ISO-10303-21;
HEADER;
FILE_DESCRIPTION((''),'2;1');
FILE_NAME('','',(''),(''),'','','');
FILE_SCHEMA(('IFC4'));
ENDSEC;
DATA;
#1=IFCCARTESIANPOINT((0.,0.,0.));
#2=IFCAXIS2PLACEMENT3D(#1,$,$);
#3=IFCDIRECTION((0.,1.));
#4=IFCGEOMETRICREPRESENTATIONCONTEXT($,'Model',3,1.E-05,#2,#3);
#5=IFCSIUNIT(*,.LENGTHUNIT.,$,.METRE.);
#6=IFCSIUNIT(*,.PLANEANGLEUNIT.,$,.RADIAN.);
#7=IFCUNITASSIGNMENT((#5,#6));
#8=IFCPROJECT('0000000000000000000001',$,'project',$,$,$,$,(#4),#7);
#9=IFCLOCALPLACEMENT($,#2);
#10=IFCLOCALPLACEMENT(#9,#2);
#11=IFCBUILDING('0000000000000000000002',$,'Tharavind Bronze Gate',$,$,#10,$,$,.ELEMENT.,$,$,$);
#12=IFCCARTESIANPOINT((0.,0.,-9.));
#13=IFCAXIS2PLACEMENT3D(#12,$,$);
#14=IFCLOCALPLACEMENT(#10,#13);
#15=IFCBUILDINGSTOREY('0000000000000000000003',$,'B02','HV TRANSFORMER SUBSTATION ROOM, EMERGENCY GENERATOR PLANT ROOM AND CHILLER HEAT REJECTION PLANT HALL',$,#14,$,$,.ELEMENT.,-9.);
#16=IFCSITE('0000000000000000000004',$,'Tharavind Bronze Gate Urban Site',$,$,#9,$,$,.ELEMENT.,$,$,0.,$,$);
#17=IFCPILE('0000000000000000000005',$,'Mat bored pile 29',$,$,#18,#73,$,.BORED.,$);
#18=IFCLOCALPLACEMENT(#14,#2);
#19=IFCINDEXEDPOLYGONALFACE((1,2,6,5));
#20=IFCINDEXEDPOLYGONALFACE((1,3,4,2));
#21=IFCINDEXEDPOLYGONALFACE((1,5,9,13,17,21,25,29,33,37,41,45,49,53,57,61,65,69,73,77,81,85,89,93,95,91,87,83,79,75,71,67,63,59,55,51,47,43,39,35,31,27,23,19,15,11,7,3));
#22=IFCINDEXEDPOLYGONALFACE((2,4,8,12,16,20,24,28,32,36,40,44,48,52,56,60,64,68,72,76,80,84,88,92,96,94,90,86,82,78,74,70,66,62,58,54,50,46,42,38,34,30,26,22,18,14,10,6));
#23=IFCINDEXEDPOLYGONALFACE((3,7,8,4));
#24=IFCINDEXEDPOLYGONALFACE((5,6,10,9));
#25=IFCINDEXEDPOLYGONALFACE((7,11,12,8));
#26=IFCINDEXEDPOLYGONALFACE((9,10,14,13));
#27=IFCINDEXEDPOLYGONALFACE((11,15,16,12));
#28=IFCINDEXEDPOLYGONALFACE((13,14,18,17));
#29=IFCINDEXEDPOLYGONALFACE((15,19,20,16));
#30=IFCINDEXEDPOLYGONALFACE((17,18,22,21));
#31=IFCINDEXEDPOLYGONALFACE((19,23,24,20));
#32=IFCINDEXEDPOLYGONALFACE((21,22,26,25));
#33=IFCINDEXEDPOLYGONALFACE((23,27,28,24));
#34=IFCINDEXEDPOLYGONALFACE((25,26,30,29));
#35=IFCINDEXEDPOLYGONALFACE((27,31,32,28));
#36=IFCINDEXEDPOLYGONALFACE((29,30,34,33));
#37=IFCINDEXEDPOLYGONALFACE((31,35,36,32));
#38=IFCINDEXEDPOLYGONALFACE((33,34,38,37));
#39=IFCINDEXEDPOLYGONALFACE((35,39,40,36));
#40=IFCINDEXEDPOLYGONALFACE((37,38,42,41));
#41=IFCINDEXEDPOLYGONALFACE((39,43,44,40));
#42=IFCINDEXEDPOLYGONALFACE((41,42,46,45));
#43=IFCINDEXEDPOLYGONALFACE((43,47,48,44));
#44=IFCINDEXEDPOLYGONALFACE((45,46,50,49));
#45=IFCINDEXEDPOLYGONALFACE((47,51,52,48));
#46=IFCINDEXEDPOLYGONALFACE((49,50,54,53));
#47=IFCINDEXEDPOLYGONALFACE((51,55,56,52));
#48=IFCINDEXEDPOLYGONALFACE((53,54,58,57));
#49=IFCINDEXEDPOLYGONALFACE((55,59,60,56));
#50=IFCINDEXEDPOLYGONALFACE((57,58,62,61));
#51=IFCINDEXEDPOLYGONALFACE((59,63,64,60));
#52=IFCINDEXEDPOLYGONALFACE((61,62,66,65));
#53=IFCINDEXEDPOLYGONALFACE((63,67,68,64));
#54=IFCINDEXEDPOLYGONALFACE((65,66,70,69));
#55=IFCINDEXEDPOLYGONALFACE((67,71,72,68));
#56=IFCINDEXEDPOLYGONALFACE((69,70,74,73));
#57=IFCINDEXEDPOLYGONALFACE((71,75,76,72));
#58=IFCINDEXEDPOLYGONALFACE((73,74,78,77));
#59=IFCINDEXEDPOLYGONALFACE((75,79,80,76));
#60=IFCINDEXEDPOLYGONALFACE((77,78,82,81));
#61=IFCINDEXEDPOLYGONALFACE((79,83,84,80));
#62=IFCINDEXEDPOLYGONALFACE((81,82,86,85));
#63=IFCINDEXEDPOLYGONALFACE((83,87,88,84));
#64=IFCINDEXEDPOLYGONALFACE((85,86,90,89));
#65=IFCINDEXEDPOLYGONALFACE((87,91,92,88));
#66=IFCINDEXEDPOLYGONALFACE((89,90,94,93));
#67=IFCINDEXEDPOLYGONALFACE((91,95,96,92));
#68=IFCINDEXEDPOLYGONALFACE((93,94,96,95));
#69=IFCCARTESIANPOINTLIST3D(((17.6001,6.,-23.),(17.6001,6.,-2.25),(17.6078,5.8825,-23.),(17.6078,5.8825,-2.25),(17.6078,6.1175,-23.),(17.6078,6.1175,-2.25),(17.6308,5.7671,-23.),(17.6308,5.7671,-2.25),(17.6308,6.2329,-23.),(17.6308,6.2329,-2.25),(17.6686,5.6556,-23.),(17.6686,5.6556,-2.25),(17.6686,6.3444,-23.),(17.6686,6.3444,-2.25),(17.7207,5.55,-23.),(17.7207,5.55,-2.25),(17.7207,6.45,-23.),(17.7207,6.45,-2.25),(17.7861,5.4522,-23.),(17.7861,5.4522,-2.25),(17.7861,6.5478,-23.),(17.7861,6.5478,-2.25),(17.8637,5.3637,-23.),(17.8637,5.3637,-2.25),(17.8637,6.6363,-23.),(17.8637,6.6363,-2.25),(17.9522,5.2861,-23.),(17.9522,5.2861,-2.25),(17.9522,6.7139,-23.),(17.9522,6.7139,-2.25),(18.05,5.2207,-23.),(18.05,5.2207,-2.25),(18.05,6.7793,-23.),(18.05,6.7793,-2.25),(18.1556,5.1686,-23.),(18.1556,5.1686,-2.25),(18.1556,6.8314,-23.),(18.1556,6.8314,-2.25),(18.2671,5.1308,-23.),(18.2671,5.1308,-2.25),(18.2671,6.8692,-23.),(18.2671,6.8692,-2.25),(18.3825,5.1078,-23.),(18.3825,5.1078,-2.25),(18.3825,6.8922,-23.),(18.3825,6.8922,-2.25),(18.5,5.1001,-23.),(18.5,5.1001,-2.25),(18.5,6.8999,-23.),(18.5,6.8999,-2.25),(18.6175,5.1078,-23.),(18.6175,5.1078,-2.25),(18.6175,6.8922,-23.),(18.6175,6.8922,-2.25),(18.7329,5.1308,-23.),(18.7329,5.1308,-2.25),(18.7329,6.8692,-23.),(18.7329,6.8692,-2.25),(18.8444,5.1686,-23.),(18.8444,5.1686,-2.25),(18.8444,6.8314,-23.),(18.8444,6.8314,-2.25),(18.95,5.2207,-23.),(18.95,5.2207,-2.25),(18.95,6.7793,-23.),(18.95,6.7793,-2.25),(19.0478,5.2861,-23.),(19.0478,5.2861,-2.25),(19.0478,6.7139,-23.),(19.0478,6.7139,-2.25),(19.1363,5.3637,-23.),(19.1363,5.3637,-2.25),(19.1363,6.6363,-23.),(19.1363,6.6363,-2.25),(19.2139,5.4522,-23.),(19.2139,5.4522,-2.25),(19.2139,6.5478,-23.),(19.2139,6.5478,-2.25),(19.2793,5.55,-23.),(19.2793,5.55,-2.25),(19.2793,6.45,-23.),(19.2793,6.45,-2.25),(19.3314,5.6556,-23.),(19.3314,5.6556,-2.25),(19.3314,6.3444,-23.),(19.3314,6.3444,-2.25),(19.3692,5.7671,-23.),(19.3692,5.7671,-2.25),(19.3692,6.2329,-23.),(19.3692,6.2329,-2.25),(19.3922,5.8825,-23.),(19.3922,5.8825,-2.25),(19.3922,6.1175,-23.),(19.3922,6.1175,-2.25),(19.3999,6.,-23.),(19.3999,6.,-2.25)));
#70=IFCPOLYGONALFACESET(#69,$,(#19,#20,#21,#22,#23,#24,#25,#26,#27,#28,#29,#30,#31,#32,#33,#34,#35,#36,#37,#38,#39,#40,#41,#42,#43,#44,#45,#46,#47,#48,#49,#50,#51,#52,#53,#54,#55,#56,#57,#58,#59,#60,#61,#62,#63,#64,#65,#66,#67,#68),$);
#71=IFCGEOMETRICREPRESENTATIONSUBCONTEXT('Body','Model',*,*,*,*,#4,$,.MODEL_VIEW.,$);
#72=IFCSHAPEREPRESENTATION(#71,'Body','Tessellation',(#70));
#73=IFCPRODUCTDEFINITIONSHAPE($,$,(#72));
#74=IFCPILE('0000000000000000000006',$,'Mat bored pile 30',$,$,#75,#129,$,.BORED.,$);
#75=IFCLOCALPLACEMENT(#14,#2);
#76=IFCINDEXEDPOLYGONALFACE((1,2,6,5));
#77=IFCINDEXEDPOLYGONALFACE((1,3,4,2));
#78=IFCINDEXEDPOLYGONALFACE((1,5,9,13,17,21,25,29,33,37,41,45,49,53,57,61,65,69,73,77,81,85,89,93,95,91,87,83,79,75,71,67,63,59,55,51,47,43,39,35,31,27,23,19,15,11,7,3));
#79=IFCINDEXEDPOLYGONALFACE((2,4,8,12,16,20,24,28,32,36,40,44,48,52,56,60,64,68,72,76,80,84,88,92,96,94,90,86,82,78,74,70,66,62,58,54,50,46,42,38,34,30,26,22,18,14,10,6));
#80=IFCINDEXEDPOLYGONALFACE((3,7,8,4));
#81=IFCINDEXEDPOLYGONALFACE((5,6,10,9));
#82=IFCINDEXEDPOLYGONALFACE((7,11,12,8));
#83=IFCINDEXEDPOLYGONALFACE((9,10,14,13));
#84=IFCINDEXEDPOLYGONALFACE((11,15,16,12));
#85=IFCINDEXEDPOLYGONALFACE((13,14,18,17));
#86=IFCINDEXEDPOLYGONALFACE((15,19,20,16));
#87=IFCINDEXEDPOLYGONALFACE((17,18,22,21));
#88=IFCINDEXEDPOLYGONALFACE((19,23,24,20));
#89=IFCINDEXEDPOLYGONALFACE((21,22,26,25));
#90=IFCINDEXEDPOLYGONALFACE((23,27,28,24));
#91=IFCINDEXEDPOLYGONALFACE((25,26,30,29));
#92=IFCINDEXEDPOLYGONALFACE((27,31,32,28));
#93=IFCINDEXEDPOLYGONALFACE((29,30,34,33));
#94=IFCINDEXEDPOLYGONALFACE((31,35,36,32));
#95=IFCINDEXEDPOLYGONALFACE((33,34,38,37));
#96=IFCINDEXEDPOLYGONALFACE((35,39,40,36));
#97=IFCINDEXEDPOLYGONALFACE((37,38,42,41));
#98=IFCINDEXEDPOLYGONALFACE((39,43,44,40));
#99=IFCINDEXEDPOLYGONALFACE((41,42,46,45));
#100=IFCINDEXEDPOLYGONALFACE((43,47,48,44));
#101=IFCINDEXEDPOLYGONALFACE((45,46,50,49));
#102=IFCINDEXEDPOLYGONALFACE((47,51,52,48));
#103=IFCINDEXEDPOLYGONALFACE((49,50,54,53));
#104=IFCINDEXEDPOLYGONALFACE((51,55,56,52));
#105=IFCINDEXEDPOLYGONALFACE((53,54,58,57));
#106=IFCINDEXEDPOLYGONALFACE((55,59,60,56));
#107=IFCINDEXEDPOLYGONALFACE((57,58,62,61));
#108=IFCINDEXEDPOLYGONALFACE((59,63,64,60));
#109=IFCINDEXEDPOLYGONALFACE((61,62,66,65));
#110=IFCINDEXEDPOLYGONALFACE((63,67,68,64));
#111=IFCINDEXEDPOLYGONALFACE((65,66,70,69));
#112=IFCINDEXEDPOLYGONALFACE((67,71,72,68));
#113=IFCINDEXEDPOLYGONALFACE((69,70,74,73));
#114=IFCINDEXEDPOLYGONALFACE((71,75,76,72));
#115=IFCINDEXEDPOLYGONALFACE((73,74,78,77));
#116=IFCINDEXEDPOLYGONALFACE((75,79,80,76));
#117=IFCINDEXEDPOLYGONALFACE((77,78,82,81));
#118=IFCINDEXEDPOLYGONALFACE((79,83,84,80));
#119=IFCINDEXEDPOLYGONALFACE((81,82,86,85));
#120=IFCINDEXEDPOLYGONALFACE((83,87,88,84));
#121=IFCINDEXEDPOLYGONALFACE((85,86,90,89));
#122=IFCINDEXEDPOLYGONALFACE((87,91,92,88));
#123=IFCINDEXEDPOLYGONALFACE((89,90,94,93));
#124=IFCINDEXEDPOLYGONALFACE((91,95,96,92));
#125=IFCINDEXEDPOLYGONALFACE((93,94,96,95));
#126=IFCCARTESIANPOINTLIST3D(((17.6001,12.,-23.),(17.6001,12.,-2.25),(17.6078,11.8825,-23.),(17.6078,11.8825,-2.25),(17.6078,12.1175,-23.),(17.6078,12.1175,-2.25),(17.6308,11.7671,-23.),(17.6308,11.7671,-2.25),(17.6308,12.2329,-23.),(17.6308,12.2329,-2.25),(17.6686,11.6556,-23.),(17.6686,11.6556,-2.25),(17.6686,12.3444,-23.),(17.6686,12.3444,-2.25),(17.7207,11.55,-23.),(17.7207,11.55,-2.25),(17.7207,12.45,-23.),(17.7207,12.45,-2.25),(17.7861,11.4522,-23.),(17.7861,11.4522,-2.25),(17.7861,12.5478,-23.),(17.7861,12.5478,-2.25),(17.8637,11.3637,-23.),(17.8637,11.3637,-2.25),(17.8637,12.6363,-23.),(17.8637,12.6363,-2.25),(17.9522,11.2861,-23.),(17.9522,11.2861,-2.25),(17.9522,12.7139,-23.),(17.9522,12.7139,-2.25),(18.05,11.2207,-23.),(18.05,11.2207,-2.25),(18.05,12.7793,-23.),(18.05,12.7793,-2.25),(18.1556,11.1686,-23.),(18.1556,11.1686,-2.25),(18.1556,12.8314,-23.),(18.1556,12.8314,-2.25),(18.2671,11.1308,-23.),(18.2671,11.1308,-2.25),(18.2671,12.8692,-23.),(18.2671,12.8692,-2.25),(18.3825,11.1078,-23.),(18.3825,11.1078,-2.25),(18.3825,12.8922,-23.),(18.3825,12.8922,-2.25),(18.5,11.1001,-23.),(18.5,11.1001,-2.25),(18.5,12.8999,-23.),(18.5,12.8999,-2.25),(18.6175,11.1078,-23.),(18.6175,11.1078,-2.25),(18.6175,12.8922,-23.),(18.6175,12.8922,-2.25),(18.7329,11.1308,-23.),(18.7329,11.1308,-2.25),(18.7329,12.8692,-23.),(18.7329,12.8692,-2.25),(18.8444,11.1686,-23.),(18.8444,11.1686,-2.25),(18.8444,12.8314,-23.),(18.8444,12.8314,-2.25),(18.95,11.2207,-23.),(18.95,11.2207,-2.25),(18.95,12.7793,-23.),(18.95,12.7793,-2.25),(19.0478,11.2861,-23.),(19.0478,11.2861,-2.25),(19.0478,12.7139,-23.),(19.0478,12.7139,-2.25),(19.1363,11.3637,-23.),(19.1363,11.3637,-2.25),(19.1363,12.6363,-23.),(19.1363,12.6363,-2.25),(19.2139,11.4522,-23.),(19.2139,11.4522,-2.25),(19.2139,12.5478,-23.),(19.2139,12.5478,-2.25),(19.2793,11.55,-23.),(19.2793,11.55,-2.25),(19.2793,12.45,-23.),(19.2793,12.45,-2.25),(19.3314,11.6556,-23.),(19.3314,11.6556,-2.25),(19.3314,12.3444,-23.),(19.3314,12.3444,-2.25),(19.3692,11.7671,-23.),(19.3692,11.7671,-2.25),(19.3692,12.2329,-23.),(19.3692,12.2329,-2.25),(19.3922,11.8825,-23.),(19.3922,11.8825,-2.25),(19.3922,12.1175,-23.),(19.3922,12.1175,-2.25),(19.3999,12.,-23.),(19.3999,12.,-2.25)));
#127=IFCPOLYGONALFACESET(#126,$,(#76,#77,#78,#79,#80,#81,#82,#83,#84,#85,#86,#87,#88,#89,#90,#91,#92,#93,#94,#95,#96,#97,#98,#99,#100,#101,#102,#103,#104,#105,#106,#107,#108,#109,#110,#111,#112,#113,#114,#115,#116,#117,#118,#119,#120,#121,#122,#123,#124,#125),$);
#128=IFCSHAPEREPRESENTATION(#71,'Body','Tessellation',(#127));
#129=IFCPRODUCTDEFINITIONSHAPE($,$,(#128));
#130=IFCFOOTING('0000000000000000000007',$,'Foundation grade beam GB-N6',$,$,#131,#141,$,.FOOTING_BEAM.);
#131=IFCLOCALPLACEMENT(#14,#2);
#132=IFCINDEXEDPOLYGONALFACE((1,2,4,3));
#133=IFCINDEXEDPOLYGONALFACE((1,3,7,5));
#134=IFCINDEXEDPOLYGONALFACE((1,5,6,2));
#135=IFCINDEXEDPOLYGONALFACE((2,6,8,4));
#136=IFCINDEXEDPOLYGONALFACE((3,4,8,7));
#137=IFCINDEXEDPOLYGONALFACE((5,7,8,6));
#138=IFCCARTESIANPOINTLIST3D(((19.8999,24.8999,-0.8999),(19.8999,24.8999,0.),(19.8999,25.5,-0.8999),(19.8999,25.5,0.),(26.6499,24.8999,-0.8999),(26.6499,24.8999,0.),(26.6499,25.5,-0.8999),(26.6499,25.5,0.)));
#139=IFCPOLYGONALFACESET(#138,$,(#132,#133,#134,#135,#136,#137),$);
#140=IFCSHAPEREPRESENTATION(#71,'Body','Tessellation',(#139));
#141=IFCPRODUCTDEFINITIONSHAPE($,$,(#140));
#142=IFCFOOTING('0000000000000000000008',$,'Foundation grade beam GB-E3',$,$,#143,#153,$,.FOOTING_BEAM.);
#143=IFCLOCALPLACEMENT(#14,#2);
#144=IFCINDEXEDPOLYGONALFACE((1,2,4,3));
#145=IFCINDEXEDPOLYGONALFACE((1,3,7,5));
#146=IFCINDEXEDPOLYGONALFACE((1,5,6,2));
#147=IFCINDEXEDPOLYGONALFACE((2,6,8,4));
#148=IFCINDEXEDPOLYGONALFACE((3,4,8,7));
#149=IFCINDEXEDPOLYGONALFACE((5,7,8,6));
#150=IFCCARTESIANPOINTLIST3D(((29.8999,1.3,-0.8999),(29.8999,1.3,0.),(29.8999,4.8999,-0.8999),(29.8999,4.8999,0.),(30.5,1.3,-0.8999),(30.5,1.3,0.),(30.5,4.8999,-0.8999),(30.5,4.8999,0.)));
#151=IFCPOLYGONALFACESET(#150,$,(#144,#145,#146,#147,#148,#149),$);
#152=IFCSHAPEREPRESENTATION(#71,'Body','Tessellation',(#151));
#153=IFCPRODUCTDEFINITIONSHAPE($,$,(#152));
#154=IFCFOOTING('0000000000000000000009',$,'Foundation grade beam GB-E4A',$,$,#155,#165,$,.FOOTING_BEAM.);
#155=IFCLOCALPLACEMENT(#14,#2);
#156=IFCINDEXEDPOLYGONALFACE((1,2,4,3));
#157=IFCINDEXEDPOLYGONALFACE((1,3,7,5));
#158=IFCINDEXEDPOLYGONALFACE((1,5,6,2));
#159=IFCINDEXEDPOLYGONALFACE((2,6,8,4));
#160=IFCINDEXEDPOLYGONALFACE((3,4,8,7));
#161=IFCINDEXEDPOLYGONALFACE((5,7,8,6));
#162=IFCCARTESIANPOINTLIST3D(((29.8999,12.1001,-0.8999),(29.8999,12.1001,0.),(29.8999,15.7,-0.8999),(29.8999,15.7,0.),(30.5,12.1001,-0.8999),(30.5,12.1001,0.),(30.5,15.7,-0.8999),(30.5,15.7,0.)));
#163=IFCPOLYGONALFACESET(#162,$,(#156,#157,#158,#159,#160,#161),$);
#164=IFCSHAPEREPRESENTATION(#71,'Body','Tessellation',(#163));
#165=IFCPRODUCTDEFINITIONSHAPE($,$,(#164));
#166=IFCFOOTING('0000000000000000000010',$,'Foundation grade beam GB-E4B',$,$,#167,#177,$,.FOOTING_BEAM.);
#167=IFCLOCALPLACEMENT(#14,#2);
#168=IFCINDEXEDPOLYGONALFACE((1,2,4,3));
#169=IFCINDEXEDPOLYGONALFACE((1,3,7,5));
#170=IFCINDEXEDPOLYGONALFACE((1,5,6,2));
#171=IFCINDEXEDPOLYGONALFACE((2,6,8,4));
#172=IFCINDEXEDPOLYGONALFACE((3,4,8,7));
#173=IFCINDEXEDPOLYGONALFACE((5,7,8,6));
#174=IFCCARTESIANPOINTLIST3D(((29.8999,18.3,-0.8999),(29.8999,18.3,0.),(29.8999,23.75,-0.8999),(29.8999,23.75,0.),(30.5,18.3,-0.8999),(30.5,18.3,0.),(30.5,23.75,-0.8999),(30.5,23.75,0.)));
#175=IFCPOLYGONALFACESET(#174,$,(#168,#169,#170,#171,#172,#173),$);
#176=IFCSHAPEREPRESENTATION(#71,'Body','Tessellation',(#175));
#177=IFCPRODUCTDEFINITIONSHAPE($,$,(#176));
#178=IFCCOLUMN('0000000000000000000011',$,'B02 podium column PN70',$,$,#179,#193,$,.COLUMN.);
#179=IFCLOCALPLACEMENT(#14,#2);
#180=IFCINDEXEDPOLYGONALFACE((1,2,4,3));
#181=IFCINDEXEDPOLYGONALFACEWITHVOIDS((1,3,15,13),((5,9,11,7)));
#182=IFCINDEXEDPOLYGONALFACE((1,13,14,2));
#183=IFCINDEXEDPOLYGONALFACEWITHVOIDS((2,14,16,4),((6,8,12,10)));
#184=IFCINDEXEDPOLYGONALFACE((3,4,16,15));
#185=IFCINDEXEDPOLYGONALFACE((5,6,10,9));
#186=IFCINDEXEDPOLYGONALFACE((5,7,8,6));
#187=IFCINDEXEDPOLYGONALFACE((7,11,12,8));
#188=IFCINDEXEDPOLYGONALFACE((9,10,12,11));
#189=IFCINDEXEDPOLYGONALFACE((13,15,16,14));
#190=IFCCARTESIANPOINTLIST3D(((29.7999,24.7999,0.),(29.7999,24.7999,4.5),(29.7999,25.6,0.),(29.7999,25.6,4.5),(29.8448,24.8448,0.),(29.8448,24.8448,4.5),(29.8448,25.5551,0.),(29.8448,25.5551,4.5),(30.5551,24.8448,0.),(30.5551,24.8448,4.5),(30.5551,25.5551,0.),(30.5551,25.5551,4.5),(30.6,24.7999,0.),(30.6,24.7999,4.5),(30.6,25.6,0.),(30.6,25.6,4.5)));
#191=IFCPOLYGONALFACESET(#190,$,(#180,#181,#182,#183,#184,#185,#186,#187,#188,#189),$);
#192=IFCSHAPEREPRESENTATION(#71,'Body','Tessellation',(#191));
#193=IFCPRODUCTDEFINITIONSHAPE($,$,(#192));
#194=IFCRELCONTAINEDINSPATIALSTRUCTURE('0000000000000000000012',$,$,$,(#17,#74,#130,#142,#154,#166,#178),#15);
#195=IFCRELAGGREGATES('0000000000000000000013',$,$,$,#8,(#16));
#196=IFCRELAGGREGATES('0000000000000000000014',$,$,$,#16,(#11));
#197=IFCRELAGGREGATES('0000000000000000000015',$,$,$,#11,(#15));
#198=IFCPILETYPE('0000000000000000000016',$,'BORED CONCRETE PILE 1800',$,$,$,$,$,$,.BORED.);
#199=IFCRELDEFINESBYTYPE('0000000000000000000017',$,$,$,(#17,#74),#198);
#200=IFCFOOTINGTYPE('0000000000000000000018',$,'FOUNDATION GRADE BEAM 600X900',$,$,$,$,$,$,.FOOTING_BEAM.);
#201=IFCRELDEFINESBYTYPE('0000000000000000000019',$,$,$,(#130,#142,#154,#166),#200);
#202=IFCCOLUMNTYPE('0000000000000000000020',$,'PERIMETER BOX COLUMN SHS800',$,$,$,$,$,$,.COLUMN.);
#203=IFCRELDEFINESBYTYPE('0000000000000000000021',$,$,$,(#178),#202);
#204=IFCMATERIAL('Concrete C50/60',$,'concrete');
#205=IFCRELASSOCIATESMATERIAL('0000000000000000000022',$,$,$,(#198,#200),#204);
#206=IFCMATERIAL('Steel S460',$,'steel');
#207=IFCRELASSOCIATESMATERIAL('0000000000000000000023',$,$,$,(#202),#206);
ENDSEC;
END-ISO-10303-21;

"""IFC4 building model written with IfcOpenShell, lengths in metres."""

from ifc_helpers import new_model, si_unit, direction, frame, origin, origin_2d, place, context, subcontext, project, spatial, rectangle, hollow_rectangle, circle, extrude, material, material_profile, profile_set, type_object, element, save


model = new_model("IFC4")

# Units and contexts
model_context = context("Model", 3, precision=1e-05, world=origin(), true_north=direction((0.0, 1.0)))
body_context = subcontext(model_context, "Body", "Model", "MODEL_VIEW")
ifc_project = project(units=[si_unit("LENGTHUNIT", "METRE"), si_unit("PLANEANGLEUNIT", "RADIAN")], contexts=[model_context])

# Site, building, storey
site_placement = place(None, origin())
site = spatial("IfcSite", under=ifc_project, at=site_placement, Name="Tharavind Bronze Gate Urban Site", CompositionType="ELEMENT", RefElevation=0.0)
building_placement = place(site_placement, origin())
building = spatial("IfcBuilding", under=site, at=building_placement, Name="Tharavind Bronze Gate", CompositionType="ELEMENT")
storey_placement = place(building_placement, frame((0.0, 0.0, -9.0)))
storey = spatial("IfcBuildingStorey", under=building, at=storey_placement, Name="B02", Description="HV TRANSFORMER SUBSTATION ROOM, EMERGENCY GENERATOR PLANT ROOM AND CHILLER HEAT REJECTION PLANT HALL", CompositionType="ELEMENT", Elevation=-9.0)

# Piles
ifc_material_1 = material(Name="Concrete C50/60", Category="concrete")
ifc_material_profile_1 = material_profile(ifc_material_1, circle(Radius=0.8999, at=origin_2d()), Name="PILE1800")
ifc_profile_set_1 = profile_set([ifc_material_profile_1], Name="Concrete C50/60")
pile_type_1 = type_object("IfcPileType", Name="BORED CONCRETE PILE 1800", PredefinedType="BORED", material=ifc_profile_set_1)
for number, where, z_axis, x_axis, name in (
    (1, (18.5, 6.0, -2.25), (0.0, 0.0, -1.0), (1.0, 0.0, 0.0), "Mat bored pile 29"),
    (2, (18.5, 12.0, -2.25), (0.0, 0.0, -1.0), (1.0, 0.0, 0.0), "Mat bored pile 30"),
):
    element("IfcPile", number, at=place(storey_placement, frame(where, z_axis=z_axis, x_axis=x_axis)), inside=storey, type_object=pile_type_1, Name=name, PredefinedType="BORED", context=body_context, shape_type="SweptSolid", body=[
        extrude(circle(Radius=0.8999, at=origin_2d()), origin(), (0.0, 0.0, 1.0), 20.75),
    ])

# Footings
ifc_material_profile_2 = material_profile(ifc_material_1, rectangle(XDim=0.6001, YDim=0.8999, at=origin_2d()), Name="RCBM600X900")
ifc_profile_set_2 = profile_set([ifc_material_profile_2], Name="Concrete C50/60")
footing_type = type_object("IfcFootingType", Name="FOUNDATION GRADE BEAM 600X900", PredefinedType="FOOTING_BEAM", material=ifc_profile_set_2)
footing_1_placement = place(storey_placement, frame((19.8999, 25.2, -0.45), z_axis=(1.0, 0.0, 0.0), x_axis=(0.0, 1.0, 0.0)))
element("IfcFooting", 3, at=footing_1_placement, inside=storey, type_object=footing_type, Name="Foundation grade beam GB-N6", PredefinedType="FOOTING_BEAM", context=body_context, shape_type="SweptSolid", body=[
    extrude(rectangle(XDim=0.6001, YDim=0.8999, at=origin_2d()), origin(), (0.0, 0.0, 1.0), 6.75),
])
for number, where, z_axis, x_axis, name in (
    (4, (30.2, 1.3, -0.45), (0.0, 1.0, 0.0), (-1.0, 0.0, 0.0), "Foundation grade beam GB-E3"),
    (5, (30.2, 12.1001, -0.45), (0.0, 1.0, 0.0), (-1.0, 0.0, 0.0), "Foundation grade beam GB-E4A"),
):
    element("IfcFooting", number, at=place(storey_placement, frame(where, z_axis=z_axis, x_axis=x_axis)), inside=storey, type_object=footing_type, Name=name, PredefinedType="FOOTING_BEAM", context=body_context, shape_type="SweptSolid", body=[
        extrude(rectangle(XDim=0.6001, YDim=0.8999, at=origin_2d()), origin(), (0.0, 0.0, 1.0), 3.5999),
    ])
footing_2_placement = place(storey_placement, frame((30.2, 18.3, -0.45), z_axis=(0.0, 1.0, 0.0), x_axis=(-1.0, 0.0, 0.0)))
element("IfcFooting", 6, at=footing_2_placement, inside=storey, type_object=footing_type, Name="Foundation grade beam GB-E4B", PredefinedType="FOOTING_BEAM", context=body_context, shape_type="SweptSolid", body=[
    extrude(rectangle(XDim=0.6001, YDim=0.8999, at=origin_2d()), origin(), (0.0, 0.0, 1.0), 5.45),
])

# Column
ifc_material_2 = material(Name="Steel S460", Category="steel")
ifc_material_profile_3 = material_profile(ifc_material_2, hollow_rectangle(XDim=0.8, YDim=0.8, WallThickness=0.0449, at=origin_2d()), Name="SHS800X45")
ifc_profile_set_3 = profile_set([ifc_material_profile_3], Name="Steel S460")
column_type = type_object("IfcColumnType", Name="PERIMETER BOX COLUMN SHS800", PredefinedType="COLUMN", material=ifc_profile_set_3)
for number, where, z_axis, x_axis, name in (
    (7, (30.2, 25.2, 0.0), (0.0, 0.0, 1.0), (1.0, 0.0, 0.0), "B02 podium column PN70"),
):
    element("IfcColumn", number, at=place(storey_placement, frame(where, z_axis=z_axis, x_axis=x_axis)), inside=storey, type_object=column_type, Name=name, PredefinedType="COLUMN", context=body_context, shape_type="SweptSolid", body=[
        extrude(hollow_rectangle(XDim=0.8, YDim=0.8, WallThickness=0.0449, at=origin_2d()), origin(), (0.0, 0.0, 1.0), 4.5),
    ])

save(model, "model.ifc")
